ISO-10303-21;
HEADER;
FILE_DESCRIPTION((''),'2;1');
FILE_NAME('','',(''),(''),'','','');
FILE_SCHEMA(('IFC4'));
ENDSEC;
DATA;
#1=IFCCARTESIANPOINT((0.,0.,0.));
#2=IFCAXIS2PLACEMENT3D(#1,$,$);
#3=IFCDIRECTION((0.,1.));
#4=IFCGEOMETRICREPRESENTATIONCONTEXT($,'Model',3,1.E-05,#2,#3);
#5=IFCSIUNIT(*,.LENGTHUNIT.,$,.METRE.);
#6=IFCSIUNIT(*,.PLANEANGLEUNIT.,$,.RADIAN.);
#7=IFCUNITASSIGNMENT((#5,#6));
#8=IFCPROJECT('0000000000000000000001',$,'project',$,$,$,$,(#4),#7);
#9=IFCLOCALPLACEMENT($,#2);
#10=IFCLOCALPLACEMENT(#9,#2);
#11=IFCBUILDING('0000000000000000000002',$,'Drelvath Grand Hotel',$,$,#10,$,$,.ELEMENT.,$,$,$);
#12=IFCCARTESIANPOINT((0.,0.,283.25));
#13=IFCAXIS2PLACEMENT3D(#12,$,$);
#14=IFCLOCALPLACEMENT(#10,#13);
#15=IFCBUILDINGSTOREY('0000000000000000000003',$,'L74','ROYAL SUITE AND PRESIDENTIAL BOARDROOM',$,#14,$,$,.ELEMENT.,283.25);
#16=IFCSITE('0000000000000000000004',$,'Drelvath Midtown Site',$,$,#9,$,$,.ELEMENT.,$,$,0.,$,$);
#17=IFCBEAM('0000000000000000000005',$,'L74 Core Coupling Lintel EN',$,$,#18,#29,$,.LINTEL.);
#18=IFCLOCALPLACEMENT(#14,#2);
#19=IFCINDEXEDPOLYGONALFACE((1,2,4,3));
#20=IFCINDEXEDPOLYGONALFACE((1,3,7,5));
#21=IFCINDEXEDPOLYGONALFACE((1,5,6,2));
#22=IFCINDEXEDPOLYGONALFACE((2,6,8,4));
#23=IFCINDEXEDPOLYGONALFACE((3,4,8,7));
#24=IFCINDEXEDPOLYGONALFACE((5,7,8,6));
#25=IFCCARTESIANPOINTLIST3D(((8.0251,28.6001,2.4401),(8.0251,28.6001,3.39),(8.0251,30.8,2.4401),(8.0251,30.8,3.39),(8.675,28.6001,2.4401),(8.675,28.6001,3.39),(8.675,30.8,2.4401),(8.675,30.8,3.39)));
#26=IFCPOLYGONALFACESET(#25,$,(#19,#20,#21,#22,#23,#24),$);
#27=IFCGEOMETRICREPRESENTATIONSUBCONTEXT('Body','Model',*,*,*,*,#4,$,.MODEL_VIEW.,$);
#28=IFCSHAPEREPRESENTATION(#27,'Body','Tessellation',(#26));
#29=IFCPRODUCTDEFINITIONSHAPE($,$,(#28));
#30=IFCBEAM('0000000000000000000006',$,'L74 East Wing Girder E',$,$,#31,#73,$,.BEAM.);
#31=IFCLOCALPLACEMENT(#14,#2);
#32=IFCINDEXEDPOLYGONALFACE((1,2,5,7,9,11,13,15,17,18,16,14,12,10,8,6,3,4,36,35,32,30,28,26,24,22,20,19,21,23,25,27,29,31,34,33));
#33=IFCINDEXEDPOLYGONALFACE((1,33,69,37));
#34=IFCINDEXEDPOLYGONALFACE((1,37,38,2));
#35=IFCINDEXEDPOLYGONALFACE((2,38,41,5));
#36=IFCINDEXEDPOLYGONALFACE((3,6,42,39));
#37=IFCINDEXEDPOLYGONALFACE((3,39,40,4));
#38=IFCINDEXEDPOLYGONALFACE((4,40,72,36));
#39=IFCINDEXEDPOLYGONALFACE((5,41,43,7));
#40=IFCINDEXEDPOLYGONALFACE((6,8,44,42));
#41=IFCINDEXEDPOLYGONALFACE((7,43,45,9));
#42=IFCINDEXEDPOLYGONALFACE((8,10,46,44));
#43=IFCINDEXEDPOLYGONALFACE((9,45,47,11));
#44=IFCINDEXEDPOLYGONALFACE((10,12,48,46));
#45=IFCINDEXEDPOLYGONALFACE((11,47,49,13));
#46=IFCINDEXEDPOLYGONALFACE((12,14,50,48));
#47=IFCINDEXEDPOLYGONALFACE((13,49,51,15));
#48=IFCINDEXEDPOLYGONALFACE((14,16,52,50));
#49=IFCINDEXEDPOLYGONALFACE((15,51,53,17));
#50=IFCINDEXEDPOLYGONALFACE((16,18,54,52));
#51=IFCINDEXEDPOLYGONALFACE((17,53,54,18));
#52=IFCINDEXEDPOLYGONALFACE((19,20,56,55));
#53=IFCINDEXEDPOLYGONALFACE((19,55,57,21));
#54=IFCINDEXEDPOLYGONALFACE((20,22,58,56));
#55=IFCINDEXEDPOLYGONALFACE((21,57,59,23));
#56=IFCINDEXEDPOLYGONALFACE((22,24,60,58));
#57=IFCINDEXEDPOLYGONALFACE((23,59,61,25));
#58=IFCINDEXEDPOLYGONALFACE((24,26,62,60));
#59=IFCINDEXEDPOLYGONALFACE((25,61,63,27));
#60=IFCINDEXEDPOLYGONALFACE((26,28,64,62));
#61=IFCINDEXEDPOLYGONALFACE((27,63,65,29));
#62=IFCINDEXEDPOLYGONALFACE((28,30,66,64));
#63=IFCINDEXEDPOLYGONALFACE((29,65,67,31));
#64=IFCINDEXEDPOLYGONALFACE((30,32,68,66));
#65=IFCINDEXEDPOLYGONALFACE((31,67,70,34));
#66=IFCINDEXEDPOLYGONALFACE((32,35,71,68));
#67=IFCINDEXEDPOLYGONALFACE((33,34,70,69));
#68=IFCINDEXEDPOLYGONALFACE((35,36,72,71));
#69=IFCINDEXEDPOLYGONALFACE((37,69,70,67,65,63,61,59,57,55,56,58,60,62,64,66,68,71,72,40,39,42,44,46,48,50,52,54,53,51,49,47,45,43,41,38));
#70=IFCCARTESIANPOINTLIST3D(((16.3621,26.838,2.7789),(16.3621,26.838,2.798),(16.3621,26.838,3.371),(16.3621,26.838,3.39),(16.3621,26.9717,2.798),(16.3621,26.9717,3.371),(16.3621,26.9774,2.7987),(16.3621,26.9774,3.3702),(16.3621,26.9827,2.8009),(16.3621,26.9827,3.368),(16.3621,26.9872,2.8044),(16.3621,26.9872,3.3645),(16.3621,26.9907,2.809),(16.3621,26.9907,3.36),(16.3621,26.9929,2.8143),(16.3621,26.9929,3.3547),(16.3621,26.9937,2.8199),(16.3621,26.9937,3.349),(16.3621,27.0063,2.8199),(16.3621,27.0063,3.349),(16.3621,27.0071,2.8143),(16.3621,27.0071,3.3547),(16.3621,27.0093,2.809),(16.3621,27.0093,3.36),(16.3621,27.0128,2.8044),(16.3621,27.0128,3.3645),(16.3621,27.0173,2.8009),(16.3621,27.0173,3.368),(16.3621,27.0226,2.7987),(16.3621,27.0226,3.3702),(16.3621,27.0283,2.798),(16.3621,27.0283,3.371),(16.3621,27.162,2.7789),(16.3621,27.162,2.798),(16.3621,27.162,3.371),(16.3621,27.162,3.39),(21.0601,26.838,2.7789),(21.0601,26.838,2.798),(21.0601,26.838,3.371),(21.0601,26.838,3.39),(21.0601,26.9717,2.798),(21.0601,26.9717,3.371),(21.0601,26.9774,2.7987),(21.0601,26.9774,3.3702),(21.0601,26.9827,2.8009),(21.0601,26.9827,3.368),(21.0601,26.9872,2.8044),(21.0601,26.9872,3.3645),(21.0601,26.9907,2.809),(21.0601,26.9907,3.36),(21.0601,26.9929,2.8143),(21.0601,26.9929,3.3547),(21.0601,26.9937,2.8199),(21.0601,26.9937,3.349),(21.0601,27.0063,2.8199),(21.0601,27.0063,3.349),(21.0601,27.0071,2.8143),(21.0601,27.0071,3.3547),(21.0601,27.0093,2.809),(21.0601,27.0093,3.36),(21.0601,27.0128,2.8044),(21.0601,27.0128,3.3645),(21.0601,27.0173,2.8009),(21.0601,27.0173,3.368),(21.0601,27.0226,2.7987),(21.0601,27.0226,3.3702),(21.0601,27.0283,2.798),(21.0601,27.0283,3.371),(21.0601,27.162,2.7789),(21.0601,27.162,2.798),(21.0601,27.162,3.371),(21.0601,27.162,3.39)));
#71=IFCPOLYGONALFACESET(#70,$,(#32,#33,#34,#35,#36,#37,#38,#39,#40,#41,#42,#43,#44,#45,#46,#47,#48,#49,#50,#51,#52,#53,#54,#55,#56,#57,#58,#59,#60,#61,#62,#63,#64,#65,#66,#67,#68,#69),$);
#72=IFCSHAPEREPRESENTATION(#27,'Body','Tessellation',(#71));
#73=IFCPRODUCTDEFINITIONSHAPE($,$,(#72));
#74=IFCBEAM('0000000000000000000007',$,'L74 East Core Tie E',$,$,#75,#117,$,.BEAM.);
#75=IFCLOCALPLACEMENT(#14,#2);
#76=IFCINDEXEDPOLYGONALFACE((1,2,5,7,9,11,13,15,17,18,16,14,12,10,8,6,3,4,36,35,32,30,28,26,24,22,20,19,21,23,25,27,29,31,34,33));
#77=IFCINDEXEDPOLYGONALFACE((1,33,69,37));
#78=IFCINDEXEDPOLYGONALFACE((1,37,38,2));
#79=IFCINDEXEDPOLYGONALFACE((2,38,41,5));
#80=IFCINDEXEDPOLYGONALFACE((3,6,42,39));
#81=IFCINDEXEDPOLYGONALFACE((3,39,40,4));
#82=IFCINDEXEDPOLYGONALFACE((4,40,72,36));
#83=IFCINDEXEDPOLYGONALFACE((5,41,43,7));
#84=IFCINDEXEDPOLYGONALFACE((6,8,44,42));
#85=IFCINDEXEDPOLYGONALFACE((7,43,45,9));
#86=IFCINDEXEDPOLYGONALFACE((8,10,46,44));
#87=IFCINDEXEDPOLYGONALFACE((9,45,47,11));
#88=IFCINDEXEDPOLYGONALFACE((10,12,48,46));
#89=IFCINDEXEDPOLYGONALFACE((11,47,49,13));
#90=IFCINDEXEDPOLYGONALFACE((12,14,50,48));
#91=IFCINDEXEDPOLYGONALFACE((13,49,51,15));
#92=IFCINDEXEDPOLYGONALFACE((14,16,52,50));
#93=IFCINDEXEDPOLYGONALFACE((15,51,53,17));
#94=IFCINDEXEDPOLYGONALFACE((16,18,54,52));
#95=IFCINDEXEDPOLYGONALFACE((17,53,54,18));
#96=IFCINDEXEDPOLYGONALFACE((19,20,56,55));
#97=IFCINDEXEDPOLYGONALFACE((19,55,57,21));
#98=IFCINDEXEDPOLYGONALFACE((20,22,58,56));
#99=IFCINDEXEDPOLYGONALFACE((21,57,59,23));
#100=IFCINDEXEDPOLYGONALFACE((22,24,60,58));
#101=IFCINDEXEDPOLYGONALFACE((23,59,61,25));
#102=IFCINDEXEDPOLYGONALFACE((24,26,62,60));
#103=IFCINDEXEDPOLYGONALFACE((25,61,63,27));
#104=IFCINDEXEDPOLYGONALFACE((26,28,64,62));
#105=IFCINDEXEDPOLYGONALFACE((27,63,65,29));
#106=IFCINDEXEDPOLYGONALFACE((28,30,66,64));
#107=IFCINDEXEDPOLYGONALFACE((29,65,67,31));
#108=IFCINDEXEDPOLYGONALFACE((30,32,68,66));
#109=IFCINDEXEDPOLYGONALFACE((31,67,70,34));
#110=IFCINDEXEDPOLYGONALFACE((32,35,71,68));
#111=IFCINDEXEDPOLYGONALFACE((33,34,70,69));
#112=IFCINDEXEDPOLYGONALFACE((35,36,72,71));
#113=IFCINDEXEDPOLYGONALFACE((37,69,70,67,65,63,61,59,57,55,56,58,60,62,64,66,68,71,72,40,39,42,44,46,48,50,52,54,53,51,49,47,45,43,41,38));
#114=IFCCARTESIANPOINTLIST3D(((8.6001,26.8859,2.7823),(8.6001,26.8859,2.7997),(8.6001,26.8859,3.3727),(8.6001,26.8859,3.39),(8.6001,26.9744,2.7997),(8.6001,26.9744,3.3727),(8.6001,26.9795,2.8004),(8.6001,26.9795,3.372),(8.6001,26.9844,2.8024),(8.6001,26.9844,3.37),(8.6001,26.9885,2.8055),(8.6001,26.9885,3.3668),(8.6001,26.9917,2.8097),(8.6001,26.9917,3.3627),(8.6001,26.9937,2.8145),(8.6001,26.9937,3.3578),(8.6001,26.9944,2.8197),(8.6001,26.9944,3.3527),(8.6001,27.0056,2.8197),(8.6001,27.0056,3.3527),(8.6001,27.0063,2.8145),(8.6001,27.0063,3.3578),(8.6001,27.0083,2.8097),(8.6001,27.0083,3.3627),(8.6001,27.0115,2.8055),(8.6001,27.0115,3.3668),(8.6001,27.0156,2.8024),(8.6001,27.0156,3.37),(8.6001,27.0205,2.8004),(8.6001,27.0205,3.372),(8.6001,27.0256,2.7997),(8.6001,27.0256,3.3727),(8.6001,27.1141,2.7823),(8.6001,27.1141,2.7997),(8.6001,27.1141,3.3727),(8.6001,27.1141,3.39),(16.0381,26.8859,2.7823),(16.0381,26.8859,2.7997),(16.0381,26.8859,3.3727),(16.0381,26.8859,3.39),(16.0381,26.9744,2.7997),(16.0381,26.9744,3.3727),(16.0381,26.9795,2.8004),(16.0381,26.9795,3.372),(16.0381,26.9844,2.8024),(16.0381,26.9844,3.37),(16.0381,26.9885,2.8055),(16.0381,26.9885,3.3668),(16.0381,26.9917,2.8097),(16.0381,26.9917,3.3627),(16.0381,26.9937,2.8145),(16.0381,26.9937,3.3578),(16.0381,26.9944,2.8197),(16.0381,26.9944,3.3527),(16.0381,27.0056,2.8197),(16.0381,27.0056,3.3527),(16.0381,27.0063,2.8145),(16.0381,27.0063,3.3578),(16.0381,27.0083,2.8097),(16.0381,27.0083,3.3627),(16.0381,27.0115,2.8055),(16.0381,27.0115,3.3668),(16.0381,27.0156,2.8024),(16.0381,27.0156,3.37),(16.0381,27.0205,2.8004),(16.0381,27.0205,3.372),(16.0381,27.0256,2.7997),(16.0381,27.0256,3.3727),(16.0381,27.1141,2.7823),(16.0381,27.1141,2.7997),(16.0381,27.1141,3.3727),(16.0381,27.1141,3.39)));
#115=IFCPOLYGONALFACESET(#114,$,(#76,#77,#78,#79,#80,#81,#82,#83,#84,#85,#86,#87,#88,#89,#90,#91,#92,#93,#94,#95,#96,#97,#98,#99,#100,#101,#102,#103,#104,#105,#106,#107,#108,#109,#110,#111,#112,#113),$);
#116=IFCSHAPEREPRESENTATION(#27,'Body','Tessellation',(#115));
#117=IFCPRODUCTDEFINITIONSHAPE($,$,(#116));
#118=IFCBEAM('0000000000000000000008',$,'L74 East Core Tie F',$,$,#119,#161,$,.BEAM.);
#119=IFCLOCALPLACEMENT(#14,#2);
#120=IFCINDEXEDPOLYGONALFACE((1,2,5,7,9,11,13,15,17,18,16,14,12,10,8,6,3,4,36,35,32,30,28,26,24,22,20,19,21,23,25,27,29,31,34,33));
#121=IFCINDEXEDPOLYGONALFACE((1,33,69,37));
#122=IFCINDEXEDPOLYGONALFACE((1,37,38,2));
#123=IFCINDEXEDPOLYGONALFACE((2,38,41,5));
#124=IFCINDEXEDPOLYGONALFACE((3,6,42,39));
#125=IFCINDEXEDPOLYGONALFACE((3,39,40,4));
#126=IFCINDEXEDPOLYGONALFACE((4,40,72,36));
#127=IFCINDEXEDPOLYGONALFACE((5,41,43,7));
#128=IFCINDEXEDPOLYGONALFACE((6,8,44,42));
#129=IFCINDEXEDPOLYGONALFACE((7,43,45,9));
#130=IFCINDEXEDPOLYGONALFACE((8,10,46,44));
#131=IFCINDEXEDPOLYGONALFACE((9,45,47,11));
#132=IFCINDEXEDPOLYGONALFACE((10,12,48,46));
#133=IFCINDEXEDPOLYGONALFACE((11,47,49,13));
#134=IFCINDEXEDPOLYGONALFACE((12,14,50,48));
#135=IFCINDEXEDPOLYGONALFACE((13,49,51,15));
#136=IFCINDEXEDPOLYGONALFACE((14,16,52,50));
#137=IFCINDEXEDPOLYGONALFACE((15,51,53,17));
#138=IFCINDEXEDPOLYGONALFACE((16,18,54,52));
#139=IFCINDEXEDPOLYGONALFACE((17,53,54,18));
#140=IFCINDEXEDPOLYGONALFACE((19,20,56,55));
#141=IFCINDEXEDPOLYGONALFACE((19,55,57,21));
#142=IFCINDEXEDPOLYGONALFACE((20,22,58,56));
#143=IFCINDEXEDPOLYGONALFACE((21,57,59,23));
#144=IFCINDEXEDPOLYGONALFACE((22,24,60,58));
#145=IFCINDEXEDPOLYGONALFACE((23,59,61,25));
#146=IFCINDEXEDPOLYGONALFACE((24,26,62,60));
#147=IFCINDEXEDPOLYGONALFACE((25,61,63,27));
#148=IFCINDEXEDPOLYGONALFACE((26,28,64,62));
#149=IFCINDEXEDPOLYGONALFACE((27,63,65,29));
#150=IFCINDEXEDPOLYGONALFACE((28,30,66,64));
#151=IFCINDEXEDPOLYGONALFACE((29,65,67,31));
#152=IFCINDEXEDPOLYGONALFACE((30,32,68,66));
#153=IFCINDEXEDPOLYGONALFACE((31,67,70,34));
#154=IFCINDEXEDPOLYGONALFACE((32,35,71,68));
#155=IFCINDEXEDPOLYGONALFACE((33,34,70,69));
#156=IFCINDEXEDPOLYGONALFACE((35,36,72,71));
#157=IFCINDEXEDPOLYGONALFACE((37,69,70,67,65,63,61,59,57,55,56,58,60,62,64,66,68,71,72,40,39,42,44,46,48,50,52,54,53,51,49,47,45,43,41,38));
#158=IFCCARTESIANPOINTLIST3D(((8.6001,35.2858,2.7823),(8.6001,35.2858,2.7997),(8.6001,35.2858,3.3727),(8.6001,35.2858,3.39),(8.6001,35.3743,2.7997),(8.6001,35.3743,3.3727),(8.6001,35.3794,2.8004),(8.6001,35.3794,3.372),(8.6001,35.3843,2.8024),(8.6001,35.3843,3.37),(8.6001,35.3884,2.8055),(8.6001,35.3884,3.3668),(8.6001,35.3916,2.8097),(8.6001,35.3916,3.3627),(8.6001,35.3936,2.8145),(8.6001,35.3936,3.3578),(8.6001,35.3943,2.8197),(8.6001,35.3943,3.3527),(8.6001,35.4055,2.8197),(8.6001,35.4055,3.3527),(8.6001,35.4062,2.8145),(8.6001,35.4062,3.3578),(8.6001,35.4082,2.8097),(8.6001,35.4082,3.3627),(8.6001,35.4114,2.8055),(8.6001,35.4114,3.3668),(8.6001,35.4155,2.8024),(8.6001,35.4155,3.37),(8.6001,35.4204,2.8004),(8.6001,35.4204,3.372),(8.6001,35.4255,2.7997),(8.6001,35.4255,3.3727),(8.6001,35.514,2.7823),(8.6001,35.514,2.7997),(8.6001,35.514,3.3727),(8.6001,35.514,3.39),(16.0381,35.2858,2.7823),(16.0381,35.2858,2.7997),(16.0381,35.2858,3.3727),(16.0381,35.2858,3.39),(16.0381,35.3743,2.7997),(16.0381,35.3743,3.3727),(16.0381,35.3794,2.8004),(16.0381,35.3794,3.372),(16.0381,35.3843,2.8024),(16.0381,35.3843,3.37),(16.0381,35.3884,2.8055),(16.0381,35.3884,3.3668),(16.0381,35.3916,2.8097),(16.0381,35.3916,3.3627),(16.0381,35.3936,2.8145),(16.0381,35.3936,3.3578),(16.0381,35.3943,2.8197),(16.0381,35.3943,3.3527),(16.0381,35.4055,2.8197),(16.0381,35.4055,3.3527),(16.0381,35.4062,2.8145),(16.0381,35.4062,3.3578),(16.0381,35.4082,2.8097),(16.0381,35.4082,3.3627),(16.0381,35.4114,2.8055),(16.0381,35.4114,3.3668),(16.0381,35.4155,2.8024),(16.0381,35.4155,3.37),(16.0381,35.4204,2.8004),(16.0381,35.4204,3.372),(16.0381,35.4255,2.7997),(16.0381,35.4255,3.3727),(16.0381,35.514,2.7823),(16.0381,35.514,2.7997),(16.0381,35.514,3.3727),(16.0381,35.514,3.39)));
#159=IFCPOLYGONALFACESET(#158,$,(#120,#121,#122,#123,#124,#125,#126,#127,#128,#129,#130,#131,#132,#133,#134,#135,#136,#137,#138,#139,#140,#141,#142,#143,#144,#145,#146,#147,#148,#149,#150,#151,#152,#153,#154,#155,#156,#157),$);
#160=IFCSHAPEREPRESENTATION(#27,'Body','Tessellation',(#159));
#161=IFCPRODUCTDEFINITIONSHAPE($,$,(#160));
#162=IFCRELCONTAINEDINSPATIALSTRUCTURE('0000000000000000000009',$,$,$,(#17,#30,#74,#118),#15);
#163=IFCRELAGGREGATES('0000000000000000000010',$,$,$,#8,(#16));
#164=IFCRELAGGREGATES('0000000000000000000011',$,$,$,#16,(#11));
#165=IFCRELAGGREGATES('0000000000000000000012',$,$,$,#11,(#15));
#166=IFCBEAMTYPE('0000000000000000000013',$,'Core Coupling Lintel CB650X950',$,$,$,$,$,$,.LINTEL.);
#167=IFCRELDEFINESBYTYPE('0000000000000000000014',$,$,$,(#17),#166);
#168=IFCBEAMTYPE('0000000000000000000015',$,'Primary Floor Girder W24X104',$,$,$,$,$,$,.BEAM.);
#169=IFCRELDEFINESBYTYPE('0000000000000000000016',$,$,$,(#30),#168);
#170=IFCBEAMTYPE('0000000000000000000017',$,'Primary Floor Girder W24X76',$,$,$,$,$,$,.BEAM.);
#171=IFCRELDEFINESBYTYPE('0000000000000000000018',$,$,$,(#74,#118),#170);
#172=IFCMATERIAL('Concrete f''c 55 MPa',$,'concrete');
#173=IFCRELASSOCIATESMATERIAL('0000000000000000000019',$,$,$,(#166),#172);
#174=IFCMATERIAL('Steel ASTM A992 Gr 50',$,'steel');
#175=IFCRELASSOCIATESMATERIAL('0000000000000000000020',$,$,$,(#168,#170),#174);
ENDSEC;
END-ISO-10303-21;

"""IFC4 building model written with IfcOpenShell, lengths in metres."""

from ifc_helpers import new_model, si_unit, direction, frame, origin, origin_2d, place, context, subcontext, project, spatial, rectangle, i_section, extrude, material, material_profile, profile_set, type_object, element, save


model = new_model("IFC4")

# Units and contexts
model_context = context("Model", 3, precision=1e-05, world=origin(), true_north=direction((0.0, 1.0)))
body_context = subcontext(model_context, "Body", "Model", "MODEL_VIEW")
ifc_project = project(units=[si_unit("LENGTHUNIT", "METRE"), si_unit("PLANEANGLEUNIT", "RADIAN")], contexts=[model_context])

# Site, building, storey
site_placement = place(None, origin())
site = spatial("IfcSite", under=ifc_project, at=site_placement, Name="Drelvath Midtown Site", CompositionType="ELEMENT", RefElevation=0.0)
building_placement = place(site_placement, origin())
building = spatial("IfcBuilding", under=site, at=building_placement, Name="Drelvath Grand Hotel", CompositionType="ELEMENT")
storey_placement = place(building_placement, frame((0.0, 0.0, 283.25)))
storey = spatial("IfcBuildingStorey", under=building, at=storey_placement, Name="L74", Description="ROYAL SUITE AND PRESIDENTIAL BOARDROOM", CompositionType="ELEMENT", Elevation=283.25)

# Beams
ifc_material_1 = material(Name="Concrete f'c 55 MPa", Category="concrete")
ifc_material_profile_1 = material_profile(ifc_material_1, rectangle(XDim=0.6499, YDim=0.95, at=origin_2d()), Name="CB650X950")
ifc_profile_set_1 = profile_set([ifc_material_profile_1], Name="Concrete f'c 55 MPa")
beam_type_1 = type_object("IfcBeamType", Name="Core Coupling Lintel CB650X950", PredefinedType="LINTEL", material=ifc_profile_set_1)
beam_1_placement = place(storey_placement, frame((8.3501, 28.6001, 2.915), z_axis=(0.0, 1.0, 0.0), x_axis=(-1.0, 0.0, 0.0)))
element("IfcBeam", 1, at=beam_1_placement, inside=storey, type_object=beam_type_1, Name="L74 Core Coupling Lintel EN", PredefinedType="LINTEL", context=body_context, shape_type="SweptSolid", body=[
    extrude(rectangle(XDim=0.6499, YDim=0.95, at=origin_2d()), origin(), (0.0, 0.0, 1.0), 2.2),
])
ifc_material_2 = material(Name="Steel ASTM A992 Gr 50", Category="steel")
ifc_material_profile_2 = material_profile(ifc_material_2, i_section(OverallWidth=0.324, OverallDepth=0.6111, WebThickness=0.0127, FlangeThickness=0.019, FilletRadius=0.022, at=origin_2d()), Name="W24X104")
ifc_profile_set_2 = profile_set([ifc_material_profile_2], Name="Steel ASTM A992 Gr 50")
beam_type_2 = type_object("IfcBeamType", Name="Primary Floor Girder W24X104", PredefinedType="BEAM", material=ifc_profile_set_2)
beam_2_placement = place(storey_placement, frame((16.3621, 27.0, 3.0845), z_axis=(1.0, 0.0, 0.0), x_axis=(0.0, 1.0, 0.0)))
element("IfcBeam", 2, at=beam_2_placement, inside=storey, type_object=beam_type_2, Name="L74 East Wing Girder E", PredefinedType="BEAM", context=body_context, shape_type="SweptSolid", body=[
    extrude(i_section(OverallWidth=0.324, OverallDepth=0.6111, WebThickness=0.0127, FlangeThickness=0.019, FilletRadius=0.022, at=origin_2d()), origin(), (0.0, 0.0, 1.0), 4.698),
])
ifc_material_profile_3 = material_profile(ifc_material_2, i_section(OverallWidth=0.2283, OverallDepth=0.6077, WebThickness=0.0112, FlangeThickness=0.0173, FilletRadius=0.02, at=origin_2d()), Name="W24X76")
ifc_profile_set_3 = profile_set([ifc_material_profile_3], Name="Steel ASTM A992 Gr 50")
beam_type_3 = type_object("IfcBeamType", Name="Primary Floor Girder W24X76", PredefinedType="BEAM", material=ifc_profile_set_3)
for number, where, z_axis, x_axis, name in (
    (3, (8.6001, 27.0, 3.0862), (1.0, 0.0, 0.0), (0.0, 1.0, 0.0), "L74 East Core Tie E"),
    (4, (8.6001, 35.3999, 3.0862), (1.0, 0.0, 0.0), (0.0, 1.0, 0.0), "L74 East Core Tie F"),
):
    element("IfcBeam", number, at=place(storey_placement, frame(where, z_axis=z_axis, x_axis=x_axis)), inside=storey, type_object=beam_type_3, Name=name, PredefinedType="BEAM", context=body_context, shape_type="SweptSolid", body=[
        extrude(i_section(OverallWidth=0.2283, OverallDepth=0.6077, WebThickness=0.0112, FlangeThickness=0.0173, FilletRadius=0.02, at=origin_2d()), origin(), (0.0, 0.0, 1.0), 7.438),
    ])

save(model, "model.ifc")
